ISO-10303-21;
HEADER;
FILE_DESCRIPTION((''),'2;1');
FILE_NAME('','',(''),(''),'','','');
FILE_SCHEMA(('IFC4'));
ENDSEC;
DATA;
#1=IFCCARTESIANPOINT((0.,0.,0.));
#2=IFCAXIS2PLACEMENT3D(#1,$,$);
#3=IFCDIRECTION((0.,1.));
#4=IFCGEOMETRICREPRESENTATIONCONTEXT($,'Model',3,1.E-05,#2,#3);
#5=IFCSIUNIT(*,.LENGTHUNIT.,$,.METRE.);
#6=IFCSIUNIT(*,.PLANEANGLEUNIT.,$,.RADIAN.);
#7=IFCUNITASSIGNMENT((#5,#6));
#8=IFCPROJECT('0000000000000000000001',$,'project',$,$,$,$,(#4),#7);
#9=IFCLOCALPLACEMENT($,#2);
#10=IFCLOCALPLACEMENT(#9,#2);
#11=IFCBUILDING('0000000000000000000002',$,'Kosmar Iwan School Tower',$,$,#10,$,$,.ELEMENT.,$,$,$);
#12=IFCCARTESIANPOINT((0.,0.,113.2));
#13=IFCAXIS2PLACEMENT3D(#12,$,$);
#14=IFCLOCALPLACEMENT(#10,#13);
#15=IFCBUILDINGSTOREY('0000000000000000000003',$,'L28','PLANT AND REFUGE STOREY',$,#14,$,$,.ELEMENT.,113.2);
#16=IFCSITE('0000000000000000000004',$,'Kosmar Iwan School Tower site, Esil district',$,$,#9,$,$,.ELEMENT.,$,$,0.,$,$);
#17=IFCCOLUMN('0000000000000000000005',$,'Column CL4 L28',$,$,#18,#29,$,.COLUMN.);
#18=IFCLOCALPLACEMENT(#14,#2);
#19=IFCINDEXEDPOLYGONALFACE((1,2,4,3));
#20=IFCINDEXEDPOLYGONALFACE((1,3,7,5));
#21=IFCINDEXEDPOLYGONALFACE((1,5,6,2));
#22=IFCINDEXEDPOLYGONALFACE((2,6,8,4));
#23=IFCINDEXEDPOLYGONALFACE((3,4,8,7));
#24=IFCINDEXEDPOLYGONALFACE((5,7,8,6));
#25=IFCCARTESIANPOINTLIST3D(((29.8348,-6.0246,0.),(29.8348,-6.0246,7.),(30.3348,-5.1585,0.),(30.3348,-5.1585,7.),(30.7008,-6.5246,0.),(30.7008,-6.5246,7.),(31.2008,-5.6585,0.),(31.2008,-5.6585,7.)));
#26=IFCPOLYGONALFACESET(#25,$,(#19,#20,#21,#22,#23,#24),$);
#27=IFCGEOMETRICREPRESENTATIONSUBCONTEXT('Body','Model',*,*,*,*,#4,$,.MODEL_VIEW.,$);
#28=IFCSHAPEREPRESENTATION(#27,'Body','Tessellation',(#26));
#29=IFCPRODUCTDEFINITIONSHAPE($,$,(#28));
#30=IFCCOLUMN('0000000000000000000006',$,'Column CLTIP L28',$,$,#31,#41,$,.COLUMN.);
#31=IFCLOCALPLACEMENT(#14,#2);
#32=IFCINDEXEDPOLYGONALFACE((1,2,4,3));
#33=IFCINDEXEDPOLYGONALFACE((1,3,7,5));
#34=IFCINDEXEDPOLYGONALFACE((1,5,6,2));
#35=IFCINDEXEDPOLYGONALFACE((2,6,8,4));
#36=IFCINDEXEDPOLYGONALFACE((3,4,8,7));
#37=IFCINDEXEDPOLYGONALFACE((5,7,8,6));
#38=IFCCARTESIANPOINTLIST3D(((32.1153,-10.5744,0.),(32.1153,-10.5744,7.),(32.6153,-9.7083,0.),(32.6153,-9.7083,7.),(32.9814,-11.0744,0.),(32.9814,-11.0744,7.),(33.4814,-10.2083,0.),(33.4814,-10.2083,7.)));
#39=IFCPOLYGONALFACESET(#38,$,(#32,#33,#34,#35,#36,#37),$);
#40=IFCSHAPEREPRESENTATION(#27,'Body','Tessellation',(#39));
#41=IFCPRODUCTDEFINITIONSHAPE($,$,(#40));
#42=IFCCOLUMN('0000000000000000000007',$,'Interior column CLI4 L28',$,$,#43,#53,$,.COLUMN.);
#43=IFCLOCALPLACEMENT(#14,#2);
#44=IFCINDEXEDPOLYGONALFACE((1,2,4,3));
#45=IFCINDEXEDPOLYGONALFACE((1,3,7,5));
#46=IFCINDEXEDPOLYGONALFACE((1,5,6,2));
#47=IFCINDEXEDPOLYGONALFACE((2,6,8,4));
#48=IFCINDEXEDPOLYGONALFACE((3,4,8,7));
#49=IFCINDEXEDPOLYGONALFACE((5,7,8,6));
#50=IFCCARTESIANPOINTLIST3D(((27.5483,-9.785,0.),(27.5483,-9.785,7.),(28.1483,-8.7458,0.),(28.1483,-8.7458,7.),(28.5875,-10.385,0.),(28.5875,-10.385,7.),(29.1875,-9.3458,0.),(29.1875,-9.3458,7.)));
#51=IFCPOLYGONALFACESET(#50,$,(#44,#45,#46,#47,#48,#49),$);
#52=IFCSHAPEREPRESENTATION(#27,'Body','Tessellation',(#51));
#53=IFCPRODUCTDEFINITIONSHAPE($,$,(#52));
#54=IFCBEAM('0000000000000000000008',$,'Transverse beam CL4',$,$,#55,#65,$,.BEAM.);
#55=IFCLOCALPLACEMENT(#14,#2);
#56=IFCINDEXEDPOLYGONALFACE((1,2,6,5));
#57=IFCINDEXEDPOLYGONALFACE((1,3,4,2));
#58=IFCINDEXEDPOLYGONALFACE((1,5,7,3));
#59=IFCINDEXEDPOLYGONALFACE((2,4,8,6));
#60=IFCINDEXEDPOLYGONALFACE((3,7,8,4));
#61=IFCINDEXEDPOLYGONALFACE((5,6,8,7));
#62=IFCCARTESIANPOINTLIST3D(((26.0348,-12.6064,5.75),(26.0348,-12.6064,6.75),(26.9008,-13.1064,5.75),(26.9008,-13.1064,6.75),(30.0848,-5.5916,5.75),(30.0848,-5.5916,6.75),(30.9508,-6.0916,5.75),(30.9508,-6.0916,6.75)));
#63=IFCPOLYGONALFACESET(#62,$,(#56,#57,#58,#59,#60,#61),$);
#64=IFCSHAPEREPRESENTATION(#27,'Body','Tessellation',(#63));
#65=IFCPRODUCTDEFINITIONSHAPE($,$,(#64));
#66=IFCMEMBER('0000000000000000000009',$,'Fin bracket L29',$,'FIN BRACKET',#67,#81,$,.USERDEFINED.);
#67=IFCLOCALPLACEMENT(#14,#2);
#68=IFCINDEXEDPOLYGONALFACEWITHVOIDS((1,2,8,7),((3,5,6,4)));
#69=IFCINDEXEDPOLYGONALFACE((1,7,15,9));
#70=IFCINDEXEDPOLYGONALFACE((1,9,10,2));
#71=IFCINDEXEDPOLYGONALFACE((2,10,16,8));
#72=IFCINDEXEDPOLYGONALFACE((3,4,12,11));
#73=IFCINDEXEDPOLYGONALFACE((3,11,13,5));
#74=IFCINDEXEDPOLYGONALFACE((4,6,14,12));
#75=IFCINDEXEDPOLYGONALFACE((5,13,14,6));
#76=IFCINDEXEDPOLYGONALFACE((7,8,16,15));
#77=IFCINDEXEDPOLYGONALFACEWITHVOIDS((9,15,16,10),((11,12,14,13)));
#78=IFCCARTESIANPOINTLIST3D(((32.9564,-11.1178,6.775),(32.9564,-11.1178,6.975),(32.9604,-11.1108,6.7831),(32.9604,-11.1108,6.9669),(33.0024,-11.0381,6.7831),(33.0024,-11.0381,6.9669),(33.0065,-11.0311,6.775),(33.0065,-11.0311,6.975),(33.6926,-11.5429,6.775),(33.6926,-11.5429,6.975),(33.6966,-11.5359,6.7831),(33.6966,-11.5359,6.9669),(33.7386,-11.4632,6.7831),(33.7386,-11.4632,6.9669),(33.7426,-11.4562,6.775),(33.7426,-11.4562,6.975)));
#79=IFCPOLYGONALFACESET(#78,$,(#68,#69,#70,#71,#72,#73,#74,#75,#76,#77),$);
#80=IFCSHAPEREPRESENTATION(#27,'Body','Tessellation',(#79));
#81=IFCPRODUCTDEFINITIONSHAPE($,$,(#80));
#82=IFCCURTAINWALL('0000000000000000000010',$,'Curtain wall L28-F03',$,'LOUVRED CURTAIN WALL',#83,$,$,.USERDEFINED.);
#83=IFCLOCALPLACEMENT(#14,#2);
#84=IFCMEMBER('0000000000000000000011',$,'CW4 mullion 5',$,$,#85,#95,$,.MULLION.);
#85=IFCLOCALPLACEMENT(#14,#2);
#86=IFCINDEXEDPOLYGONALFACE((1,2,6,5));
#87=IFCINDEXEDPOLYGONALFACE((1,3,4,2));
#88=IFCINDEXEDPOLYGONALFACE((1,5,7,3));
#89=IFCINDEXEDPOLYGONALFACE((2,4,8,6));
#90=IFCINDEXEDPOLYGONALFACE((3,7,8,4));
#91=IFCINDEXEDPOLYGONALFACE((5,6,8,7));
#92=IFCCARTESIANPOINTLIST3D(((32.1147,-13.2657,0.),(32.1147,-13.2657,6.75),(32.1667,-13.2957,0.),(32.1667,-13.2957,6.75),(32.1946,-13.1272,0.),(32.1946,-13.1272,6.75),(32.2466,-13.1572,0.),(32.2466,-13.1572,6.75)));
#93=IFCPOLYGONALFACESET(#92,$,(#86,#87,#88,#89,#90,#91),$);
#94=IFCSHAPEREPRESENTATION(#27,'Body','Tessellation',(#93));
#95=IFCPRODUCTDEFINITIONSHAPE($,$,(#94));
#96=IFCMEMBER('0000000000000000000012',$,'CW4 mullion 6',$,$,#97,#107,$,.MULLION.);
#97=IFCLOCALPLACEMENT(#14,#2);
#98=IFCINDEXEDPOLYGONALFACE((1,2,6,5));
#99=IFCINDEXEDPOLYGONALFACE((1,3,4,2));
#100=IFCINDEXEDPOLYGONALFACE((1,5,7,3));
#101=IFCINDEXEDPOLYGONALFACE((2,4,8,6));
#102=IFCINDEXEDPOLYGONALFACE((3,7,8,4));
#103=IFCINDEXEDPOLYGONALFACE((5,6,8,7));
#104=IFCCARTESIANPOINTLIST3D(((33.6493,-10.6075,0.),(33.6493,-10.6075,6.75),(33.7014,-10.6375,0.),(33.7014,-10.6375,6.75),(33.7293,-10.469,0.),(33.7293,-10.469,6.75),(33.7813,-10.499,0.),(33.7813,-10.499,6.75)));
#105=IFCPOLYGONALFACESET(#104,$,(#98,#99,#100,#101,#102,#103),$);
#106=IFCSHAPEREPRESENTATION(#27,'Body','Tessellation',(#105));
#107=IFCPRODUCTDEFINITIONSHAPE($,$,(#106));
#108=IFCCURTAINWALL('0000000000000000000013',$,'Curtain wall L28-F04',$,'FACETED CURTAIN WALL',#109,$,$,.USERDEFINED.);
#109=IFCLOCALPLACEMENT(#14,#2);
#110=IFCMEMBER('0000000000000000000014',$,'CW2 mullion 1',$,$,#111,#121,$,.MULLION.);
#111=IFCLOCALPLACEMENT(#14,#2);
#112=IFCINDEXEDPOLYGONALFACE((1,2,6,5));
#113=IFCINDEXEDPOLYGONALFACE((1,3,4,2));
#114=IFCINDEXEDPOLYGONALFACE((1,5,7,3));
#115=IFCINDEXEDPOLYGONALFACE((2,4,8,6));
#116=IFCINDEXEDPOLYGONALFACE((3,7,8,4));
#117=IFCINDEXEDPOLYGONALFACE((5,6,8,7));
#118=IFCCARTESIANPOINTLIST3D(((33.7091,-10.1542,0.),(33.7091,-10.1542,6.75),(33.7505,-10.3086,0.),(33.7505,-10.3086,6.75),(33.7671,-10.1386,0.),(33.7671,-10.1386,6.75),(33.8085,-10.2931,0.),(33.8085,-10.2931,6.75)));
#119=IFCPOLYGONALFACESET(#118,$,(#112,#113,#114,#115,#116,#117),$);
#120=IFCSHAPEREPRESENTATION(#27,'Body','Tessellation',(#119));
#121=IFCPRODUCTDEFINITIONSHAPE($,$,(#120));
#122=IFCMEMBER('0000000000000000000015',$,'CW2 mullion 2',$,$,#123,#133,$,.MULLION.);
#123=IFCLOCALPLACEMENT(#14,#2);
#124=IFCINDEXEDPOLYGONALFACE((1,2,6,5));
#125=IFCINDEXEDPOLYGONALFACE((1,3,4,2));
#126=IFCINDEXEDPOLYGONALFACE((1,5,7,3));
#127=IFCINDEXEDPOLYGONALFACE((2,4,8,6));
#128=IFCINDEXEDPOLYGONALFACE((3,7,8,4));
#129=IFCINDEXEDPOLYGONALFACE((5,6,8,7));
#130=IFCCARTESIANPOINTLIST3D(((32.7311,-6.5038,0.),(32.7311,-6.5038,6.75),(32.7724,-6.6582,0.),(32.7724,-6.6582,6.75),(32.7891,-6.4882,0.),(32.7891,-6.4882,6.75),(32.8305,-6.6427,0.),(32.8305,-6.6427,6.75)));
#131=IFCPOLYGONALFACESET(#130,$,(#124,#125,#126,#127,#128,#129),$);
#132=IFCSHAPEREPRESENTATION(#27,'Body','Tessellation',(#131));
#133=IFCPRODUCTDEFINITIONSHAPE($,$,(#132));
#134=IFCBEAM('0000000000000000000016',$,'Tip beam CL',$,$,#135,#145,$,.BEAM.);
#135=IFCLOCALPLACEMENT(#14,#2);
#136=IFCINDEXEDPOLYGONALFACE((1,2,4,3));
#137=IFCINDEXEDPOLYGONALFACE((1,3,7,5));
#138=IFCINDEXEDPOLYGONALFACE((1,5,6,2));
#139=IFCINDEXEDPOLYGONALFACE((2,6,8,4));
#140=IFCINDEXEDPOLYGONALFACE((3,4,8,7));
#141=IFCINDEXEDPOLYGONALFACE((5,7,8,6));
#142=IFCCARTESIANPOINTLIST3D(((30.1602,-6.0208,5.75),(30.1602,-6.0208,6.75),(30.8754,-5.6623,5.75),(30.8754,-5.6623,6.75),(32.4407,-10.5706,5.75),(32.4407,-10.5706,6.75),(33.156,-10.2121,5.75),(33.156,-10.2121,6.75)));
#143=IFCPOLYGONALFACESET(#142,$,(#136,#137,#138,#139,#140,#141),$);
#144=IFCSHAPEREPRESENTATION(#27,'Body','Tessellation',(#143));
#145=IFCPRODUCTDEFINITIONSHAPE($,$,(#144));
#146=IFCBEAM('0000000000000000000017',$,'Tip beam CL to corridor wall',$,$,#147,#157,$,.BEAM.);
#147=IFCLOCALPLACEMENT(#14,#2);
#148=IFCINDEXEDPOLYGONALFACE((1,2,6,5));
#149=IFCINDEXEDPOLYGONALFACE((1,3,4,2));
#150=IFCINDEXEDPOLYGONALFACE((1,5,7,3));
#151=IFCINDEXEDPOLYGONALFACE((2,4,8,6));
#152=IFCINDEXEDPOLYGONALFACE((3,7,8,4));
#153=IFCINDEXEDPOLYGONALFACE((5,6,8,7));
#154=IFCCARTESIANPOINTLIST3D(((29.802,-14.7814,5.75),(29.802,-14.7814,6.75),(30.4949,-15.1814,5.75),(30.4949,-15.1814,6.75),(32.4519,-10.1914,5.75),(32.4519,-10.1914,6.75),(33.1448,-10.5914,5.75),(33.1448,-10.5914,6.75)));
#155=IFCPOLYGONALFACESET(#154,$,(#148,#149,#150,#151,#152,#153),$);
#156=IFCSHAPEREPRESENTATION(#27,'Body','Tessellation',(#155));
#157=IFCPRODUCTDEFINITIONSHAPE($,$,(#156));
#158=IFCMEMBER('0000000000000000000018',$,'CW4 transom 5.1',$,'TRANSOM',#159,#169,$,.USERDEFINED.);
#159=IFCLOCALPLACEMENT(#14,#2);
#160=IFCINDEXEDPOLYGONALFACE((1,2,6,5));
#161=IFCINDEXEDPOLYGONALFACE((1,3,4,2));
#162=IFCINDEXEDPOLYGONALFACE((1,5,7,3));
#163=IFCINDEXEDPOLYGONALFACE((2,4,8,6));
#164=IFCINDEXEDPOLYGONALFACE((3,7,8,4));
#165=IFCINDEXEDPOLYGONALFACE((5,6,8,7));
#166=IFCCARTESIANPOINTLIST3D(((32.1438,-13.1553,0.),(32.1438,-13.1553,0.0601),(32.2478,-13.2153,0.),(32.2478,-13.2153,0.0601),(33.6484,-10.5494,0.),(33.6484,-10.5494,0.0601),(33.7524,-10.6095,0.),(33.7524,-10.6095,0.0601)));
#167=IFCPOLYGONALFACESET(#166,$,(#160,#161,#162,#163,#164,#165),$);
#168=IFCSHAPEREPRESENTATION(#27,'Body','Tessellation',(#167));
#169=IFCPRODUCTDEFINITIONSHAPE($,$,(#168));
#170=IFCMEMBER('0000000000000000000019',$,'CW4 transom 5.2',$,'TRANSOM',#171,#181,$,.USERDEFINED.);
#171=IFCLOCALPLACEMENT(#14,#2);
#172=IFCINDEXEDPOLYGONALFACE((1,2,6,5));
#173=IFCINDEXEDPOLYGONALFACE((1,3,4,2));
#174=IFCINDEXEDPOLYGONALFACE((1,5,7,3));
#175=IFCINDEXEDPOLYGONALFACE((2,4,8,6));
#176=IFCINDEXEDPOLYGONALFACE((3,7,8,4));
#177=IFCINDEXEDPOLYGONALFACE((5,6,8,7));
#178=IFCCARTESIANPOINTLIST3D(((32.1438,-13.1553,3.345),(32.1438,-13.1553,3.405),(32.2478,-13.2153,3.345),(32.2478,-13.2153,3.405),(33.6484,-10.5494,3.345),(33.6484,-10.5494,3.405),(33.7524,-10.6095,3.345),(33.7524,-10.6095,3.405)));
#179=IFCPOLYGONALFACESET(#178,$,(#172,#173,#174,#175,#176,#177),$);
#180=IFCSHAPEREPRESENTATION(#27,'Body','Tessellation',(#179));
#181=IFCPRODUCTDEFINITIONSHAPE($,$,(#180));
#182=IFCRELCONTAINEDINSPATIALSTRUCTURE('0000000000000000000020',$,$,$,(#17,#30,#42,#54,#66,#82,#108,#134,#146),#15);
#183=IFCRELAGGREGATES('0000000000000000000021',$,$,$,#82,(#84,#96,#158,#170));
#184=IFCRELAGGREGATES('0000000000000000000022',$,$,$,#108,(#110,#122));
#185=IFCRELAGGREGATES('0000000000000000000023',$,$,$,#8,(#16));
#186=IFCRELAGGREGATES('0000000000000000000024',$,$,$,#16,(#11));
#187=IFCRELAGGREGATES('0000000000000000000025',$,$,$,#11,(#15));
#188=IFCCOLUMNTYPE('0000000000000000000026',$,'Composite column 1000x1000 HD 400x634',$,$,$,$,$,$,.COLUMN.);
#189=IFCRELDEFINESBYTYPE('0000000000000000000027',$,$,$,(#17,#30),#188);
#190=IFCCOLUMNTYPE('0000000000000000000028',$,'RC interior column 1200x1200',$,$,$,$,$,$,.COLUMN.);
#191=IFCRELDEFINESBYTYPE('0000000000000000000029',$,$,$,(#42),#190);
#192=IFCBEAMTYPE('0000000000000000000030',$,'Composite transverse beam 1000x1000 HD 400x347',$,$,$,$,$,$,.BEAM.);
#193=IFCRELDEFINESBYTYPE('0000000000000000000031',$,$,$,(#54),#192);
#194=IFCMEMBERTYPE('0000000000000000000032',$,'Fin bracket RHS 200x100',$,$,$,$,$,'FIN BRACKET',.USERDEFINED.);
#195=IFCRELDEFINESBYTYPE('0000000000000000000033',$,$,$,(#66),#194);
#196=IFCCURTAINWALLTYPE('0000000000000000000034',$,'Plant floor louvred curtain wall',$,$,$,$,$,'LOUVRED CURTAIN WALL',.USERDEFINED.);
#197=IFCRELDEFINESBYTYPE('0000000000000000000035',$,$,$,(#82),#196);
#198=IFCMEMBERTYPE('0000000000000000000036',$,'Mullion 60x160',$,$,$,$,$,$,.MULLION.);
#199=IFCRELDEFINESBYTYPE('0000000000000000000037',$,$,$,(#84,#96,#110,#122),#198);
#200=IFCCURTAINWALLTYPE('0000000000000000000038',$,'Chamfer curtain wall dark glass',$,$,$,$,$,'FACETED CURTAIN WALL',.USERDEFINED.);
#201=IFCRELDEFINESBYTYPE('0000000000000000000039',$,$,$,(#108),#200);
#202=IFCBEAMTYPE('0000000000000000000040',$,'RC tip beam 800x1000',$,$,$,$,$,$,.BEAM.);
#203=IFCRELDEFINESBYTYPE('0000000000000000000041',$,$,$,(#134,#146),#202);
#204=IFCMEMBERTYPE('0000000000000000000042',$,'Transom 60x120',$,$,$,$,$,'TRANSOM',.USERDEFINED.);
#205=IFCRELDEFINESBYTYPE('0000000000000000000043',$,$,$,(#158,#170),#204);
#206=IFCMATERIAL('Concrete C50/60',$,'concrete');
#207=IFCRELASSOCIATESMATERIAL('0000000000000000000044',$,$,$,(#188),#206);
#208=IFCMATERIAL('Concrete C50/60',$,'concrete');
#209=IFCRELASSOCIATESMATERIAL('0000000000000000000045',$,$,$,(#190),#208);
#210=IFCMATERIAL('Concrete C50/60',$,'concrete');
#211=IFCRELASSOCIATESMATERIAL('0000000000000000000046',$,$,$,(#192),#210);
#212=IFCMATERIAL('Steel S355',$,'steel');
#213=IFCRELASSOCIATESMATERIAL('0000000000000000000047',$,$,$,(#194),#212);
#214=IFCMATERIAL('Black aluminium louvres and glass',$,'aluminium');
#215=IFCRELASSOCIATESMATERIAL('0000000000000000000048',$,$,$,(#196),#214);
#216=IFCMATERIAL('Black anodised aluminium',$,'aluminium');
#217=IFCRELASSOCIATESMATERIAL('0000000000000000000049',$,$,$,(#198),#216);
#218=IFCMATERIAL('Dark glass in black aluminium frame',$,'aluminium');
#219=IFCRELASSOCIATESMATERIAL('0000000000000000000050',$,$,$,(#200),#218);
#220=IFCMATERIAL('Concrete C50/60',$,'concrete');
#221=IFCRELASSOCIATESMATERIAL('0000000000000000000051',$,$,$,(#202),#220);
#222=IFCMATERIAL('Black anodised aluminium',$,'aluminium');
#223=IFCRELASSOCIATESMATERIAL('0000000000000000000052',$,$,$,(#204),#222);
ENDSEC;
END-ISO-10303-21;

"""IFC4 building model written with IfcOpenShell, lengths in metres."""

from ifc_helpers import new_model, si_unit, direction, frame, origin, origin_2d, place, context, subcontext, project, spatial, rectangle, hollow_rectangle, extrude, material, material_profile, profile_set, type_object, element, aggregate, save


model = new_model("IFC4")

# Units and contexts
model_context = context("Model", 3, precision=1e-05, world=origin(), true_north=direction((0.0, 1.0)))
body_context = subcontext(model_context, "Body", "Model", "MODEL_VIEW")
ifc_project = project(units=[si_unit("LENGTHUNIT", "METRE"), si_unit("PLANEANGLEUNIT", "RADIAN")], contexts=[model_context])

# Site, building, storey
site_placement = place(None, origin())
site = spatial("IfcSite", under=ifc_project, at=site_placement, Name="Kosmar Iwan School Tower site, Esil district", CompositionType="ELEMENT", RefElevation=0.0)
building_placement = place(site_placement, origin())
building = spatial("IfcBuilding", under=site, at=building_placement, Name="Kosmar Iwan School Tower", CompositionType="ELEMENT")
storey_placement = place(building_placement, frame((0.0, 0.0, 113.2)))
storey = spatial("IfcBuildingStorey", under=building, at=storey_placement, Name="L28", Description="PLANT AND REFUGE STOREY", CompositionType="ELEMENT", Elevation=113.2)

# Columns
ifc_material_1 = material(Name="Concrete C50/60", Category="concrete")
ifc_material_profile_1 = material_profile(ifc_material_1, rectangle(XDim=1.0, YDim=1.0, at=origin_2d()), Name="RC 1000x1000 + HD 400x634")
ifc_profile_set_1 = profile_set([ifc_material_profile_1], Name="Concrete C50/60")
column_type_1 = type_object("IfcColumnType", Name="Composite column 1000x1000 HD 400x634", PredefinedType="COLUMN", material=ifc_profile_set_1)
for number, where, z_axis, x_axis, name in (
    (1, (30.5178, -5.8416, 0.0), (0.0, 0.0, 1.0), (0.866025, -0.5, 0.0), "Column CL4 L28"),
    (2, (32.7983, -10.3914, 0.0), (0.0, 0.0, 1.0), (0.866025, -0.5, 0.0), "Column CLTIP L28"),
):
    element("IfcColumn", number, at=place(storey_placement, frame(where, z_axis=z_axis, x_axis=x_axis)), inside=storey, type_object=column_type_1, Name=name, PredefinedType="COLUMN", context=body_context, shape_type="SweptSolid", body=[
        extrude(rectangle(XDim=1.0, YDim=1.0, at=origin_2d()), origin(), (0.0, 0.0, 1.0), 7.0),
    ])
ifc_material_2 = material(Name="Concrete C50/60", Category="concrete")
ifc_material_profile_2 = material_profile(ifc_material_2, rectangle(XDim=1.2, YDim=1.2, at=origin_2d()), Name="RC 1200x1200")
ifc_profile_set_2 = profile_set([ifc_material_profile_2], Name="Concrete C50/60")
column_type_2 = type_object("IfcColumnType", Name="RC interior column 1200x1200", PredefinedType="COLUMN", material=ifc_profile_set_2)
column_placement = place(storey_placement, frame((28.3679, -9.5654, 0.0), z_axis=(0.0, 0.0, 1.0), x_axis=(0.866025, -0.5, 0.0)))
element("IfcColumn", 3, at=column_placement, inside=storey, type_object=column_type_2, Name="Interior column CLI4 L28", PredefinedType="COLUMN", context=body_context, shape_type="SweptSolid", body=[
    extrude(rectangle(XDim=1.2, YDim=1.2, at=origin_2d()), origin(), (0.0, 0.0, 1.0), 7.0),
])

# Beam
ifc_material_3 = material(Name="Concrete C50/60", Category="concrete")
ifc_material_profile_3 = material_profile(ifc_material_3, rectangle(XDim=1.0, YDim=1.0, at=origin_2d()), Name="RC 1000x1000 + HD 400x347")
ifc_profile_set_3 = profile_set([ifc_material_profile_3], Name="Concrete C50/60")
beam_type_1 = type_object("IfcBeamType", Name="Composite transverse beam 1000x1000 HD 400x347", PredefinedType="BEAM", material=ifc_profile_set_3)
beam_1_placement = place(storey_placement, frame((30.5178, -5.8416, 6.25), z_axis=(-0.5, -0.866025, 0.0), x_axis=(0.866025, -0.5, 0.0)))
element("IfcBeam", 4, at=beam_1_placement, inside=storey, type_object=beam_type_1, Name="Transverse beam CL4", PredefinedType="BEAM", context=body_context, shape_type="SweptSolid", body=[
    extrude(rectangle(XDim=1.0, YDim=1.0, at=origin_2d()), origin(), (0.0, 0.0, 1.0), 8.1001),
])

# Member
ifc_material_4 = material(Name="Steel S355", Category="steel")
ifc_material_profile_4 = material_profile(ifc_material_4, hollow_rectangle(XDim=0.1001, YDim=0.2, WallThickness=0.0081, at=origin_2d()), Name="RHS 200x100x8")
ifc_profile_set_4 = profile_set([ifc_material_profile_4], Name="Steel S355")
member_type_1 = type_object("IfcMemberType", Name="Fin bracket RHS 200x100", ElementType="FIN BRACKET", PredefinedType="USERDEFINED", material=ifc_profile_set_4)
member_1_placement = place(storey_placement, frame((32.9814, -11.0745, 6.875), z_axis=(0.865989, -0.500062, 0.0), x_axis=(0.500062, 0.865989, 0.0)))
element("IfcMember", 5, at=member_1_placement, inside=storey, type_object=member_type_1, Name="Fin bracket L29", ObjectType="FIN BRACKET", PredefinedType="USERDEFINED", context=body_context, shape_type="SweptSolid", body=[
    extrude(hollow_rectangle(XDim=0.1001, YDim=0.2, WallThickness=0.0081, at=origin_2d()), origin(), (0.0, 0.0, 1.0), 0.8501),
])

# Curtain walls, members
ifc_material_5 = material(Name="Black aluminium louvres and glass", Category="aluminium")
curtain_wall_type_1 = type_object("IfcCurtainWallType", Name="Plant floor louvred curtain wall", ElementType="LOUVRED CURTAIN WALL", PredefinedType="USERDEFINED", material=ifc_material_5)
curtain_wall_1_placement = place(storey_placement, origin())
curtain_wall_1 = element("IfcCurtainWall", 6, at=curtain_wall_1_placement, inside=storey, type_object=curtain_wall_type_1, Name="Curtain wall L28-F03", ObjectType="LOUVRED CURTAIN WALL", PredefinedType="USERDEFINED")
ifc_material_6 = material(Name="Black anodised aluminium", Category="aluminium")
ifc_material_profile_5 = material_profile(ifc_material_6, rectangle(XDim=0.0601, YDim=0.1599, at=origin_2d()), Name="MULLION 60x160")
ifc_profile_set_5 = profile_set([ifc_material_profile_5], Name="Black anodised aluminium")
member_type_2 = type_object("IfcMemberType", Name="Mullion 60x160", PredefinedType="MULLION", material=ifc_profile_set_5)
member_2_placement = place(storey_placement, frame((32.1807, -13.2114, 0.0), z_axis=(0.0, 0.0, 1.0), x_axis=(-0.866025, 0.5, 0.0)))
member_2 = element("IfcMember", 7, at=member_2_placement, type_object=member_type_2, Name="CW4 mullion 5", PredefinedType="MULLION", context=body_context, shape_type="SweptSolid", body=[
    extrude(rectangle(XDim=0.0601, YDim=0.1599, at=origin_2d()), origin(), (0.0, 0.0, 1.0), 6.75),
])
member_3_placement = place(storey_placement, frame((33.7153, -10.5532, 0.0), z_axis=(0.0, 0.0, 1.0), x_axis=(-0.866025, 0.5, 0.0)))
member_3 = element("IfcMember", 8, at=member_3_placement, type_object=member_type_2, Name="CW4 mullion 6", PredefinedType="MULLION", context=body_context, shape_type="SweptSolid", body=[
    extrude(rectangle(XDim=0.0601, YDim=0.1599, at=origin_2d()), origin(), (0.0, 0.0, 1.0), 6.75),
])
ifc_material_7 = material(Name="Dark glass in black aluminium frame", Category="aluminium")
curtain_wall_type_2 = type_object("IfcCurtainWallType", Name="Chamfer curtain wall dark glass", ElementType="FACETED CURTAIN WALL", PredefinedType="USERDEFINED", material=ifc_material_7)
curtain_wall_2_placement = place(storey_placement, origin())
curtain_wall_2 = element("IfcCurtainWall", 9, at=curtain_wall_2_placement, inside=storey, type_object=curtain_wall_type_2, Name="Curtain wall L28-F04", ObjectType="FACETED CURTAIN WALL", PredefinedType="USERDEFINED")
member_4_placement = place(storey_placement, frame((33.7588, -10.2236, 0.0), z_axis=(0.0, 0.0, 1.0), x_axis=(-0.965926, -0.258819, 0.0)))
member_4 = element("IfcMember", 10, at=member_4_placement, type_object=member_type_2, Name="CW2 mullion 1", PredefinedType="MULLION", context=body_context, shape_type="SweptSolid", body=[
    extrude(rectangle(XDim=0.0601, YDim=0.1599, at=origin_2d()), origin(), (0.0, 0.0, 1.0), 6.75),
])
member_5_placement = place(storey_placement, frame((32.7808, -6.5732, 0.0), z_axis=(0.0, 0.0, 1.0), x_axis=(-0.965926, -0.258819, 0.0)))
member_5 = element("IfcMember", 11, at=member_5_placement, type_object=member_type_2, Name="CW2 mullion 2", PredefinedType="MULLION", context=body_context, shape_type="SweptSolid", body=[
    extrude(rectangle(XDim=0.0601, YDim=0.1599, at=origin_2d()), origin(), (0.0, 0.0, 1.0), 6.75),
])

# Beams
ifc_material_8 = material(Name="Concrete C50/60", Category="concrete")
ifc_material_profile_6 = material_profile(ifc_material_8, rectangle(XDim=0.8, YDim=1.0, at=origin_2d()), Name="RC 800x1000")
ifc_profile_set_6 = profile_set([ifc_material_profile_6], Name="Concrete C50/60")
beam_type_2 = type_object("IfcBeamType", Name="RC tip beam 800x1000", PredefinedType="BEAM", material=ifc_profile_set_6)
beam_2_placement = place(storey_placement, frame((30.5178, -5.8416, 6.25), z_axis=(0.448096, -0.893985, 0.0), x_axis=(0.893985, 0.448096, 0.0)))
element("IfcBeam", 12, at=beam_2_placement, inside=storey, type_object=beam_type_2, Name="Tip beam CL", PredefinedType="BEAM", context=body_context, shape_type="SweptSolid", body=[
    extrude(rectangle(XDim=0.8, YDim=1.0, at=origin_2d()), origin(), (0.0, 0.0, 1.0), 5.0894),
])
beam_3_placement = place(storey_placement, frame((32.7983, -10.3914, 6.25), z_axis=(-0.499974, -0.866041, 0.0), x_axis=(0.866041, -0.499974, 0.0)))
element("IfcBeam", 13, at=beam_3_placement, inside=storey, type_object=beam_type_2, Name="Tip beam CL to corridor wall", PredefinedType="BEAM", context=body_context, shape_type="SweptSolid", body=[
    extrude(rectangle(XDim=0.8, YDim=1.0, at=origin_2d()), origin(), (0.0, 0.0, 1.0), 5.3),
])

# Members
ifc_material_9 = material(Name="Black anodised aluminium", Category="aluminium")
ifc_material_profile_7 = material_profile(ifc_material_9, rectangle(XDim=0.1201, YDim=0.0601, at=origin_2d()), Name="TRANSOM 60x120")
ifc_profile_set_7 = profile_set([ifc_material_profile_7], Name="Black anodised aluminium")
member_type_3 = type_object("IfcMemberType", Name="Transom 60x120", ElementType="TRANSOM", PredefinedType="USERDEFINED", material=ifc_profile_set_7)
member_6_placement = place(storey_placement, frame((32.1958, -13.1853, 0.03), z_axis=(0.500022, 0.866013, 0.0), x_axis=(-0.866013, 0.500022, 0.0)))
member_6 = element("IfcMember", 14, at=member_6_placement, type_object=member_type_3, Name="CW4 transom 5.1", ObjectType="TRANSOM", PredefinedType="USERDEFINED", context=body_context, shape_type="SweptSolid", body=[
    extrude(rectangle(XDim=0.1201, YDim=0.0601, at=origin_2d()), origin(), (0.0, 0.0, 1.0), 3.009),
])
member_7_placement = place(storey_placement, frame((32.1958, -13.1853, 3.375), z_axis=(0.500022, 0.866013, 0.0), x_axis=(-0.866013, 0.500022, 0.0)))
member_7 = element("IfcMember", 15, at=member_7_placement, type_object=member_type_3, Name="CW4 transom 5.2", ObjectType="TRANSOM", PredefinedType="USERDEFINED", context=body_context, shape_type="SweptSolid", body=[
    extrude(rectangle(XDim=0.1201, YDim=0.0601, at=origin_2d()), origin(), (0.0, 0.0, 1.0), 3.009),
])

aggregate(curtain_wall_1, [member_2, member_3, member_6, member_7])
aggregate(curtain_wall_2, [member_4, member_5])

save(model, "model.ifc")
